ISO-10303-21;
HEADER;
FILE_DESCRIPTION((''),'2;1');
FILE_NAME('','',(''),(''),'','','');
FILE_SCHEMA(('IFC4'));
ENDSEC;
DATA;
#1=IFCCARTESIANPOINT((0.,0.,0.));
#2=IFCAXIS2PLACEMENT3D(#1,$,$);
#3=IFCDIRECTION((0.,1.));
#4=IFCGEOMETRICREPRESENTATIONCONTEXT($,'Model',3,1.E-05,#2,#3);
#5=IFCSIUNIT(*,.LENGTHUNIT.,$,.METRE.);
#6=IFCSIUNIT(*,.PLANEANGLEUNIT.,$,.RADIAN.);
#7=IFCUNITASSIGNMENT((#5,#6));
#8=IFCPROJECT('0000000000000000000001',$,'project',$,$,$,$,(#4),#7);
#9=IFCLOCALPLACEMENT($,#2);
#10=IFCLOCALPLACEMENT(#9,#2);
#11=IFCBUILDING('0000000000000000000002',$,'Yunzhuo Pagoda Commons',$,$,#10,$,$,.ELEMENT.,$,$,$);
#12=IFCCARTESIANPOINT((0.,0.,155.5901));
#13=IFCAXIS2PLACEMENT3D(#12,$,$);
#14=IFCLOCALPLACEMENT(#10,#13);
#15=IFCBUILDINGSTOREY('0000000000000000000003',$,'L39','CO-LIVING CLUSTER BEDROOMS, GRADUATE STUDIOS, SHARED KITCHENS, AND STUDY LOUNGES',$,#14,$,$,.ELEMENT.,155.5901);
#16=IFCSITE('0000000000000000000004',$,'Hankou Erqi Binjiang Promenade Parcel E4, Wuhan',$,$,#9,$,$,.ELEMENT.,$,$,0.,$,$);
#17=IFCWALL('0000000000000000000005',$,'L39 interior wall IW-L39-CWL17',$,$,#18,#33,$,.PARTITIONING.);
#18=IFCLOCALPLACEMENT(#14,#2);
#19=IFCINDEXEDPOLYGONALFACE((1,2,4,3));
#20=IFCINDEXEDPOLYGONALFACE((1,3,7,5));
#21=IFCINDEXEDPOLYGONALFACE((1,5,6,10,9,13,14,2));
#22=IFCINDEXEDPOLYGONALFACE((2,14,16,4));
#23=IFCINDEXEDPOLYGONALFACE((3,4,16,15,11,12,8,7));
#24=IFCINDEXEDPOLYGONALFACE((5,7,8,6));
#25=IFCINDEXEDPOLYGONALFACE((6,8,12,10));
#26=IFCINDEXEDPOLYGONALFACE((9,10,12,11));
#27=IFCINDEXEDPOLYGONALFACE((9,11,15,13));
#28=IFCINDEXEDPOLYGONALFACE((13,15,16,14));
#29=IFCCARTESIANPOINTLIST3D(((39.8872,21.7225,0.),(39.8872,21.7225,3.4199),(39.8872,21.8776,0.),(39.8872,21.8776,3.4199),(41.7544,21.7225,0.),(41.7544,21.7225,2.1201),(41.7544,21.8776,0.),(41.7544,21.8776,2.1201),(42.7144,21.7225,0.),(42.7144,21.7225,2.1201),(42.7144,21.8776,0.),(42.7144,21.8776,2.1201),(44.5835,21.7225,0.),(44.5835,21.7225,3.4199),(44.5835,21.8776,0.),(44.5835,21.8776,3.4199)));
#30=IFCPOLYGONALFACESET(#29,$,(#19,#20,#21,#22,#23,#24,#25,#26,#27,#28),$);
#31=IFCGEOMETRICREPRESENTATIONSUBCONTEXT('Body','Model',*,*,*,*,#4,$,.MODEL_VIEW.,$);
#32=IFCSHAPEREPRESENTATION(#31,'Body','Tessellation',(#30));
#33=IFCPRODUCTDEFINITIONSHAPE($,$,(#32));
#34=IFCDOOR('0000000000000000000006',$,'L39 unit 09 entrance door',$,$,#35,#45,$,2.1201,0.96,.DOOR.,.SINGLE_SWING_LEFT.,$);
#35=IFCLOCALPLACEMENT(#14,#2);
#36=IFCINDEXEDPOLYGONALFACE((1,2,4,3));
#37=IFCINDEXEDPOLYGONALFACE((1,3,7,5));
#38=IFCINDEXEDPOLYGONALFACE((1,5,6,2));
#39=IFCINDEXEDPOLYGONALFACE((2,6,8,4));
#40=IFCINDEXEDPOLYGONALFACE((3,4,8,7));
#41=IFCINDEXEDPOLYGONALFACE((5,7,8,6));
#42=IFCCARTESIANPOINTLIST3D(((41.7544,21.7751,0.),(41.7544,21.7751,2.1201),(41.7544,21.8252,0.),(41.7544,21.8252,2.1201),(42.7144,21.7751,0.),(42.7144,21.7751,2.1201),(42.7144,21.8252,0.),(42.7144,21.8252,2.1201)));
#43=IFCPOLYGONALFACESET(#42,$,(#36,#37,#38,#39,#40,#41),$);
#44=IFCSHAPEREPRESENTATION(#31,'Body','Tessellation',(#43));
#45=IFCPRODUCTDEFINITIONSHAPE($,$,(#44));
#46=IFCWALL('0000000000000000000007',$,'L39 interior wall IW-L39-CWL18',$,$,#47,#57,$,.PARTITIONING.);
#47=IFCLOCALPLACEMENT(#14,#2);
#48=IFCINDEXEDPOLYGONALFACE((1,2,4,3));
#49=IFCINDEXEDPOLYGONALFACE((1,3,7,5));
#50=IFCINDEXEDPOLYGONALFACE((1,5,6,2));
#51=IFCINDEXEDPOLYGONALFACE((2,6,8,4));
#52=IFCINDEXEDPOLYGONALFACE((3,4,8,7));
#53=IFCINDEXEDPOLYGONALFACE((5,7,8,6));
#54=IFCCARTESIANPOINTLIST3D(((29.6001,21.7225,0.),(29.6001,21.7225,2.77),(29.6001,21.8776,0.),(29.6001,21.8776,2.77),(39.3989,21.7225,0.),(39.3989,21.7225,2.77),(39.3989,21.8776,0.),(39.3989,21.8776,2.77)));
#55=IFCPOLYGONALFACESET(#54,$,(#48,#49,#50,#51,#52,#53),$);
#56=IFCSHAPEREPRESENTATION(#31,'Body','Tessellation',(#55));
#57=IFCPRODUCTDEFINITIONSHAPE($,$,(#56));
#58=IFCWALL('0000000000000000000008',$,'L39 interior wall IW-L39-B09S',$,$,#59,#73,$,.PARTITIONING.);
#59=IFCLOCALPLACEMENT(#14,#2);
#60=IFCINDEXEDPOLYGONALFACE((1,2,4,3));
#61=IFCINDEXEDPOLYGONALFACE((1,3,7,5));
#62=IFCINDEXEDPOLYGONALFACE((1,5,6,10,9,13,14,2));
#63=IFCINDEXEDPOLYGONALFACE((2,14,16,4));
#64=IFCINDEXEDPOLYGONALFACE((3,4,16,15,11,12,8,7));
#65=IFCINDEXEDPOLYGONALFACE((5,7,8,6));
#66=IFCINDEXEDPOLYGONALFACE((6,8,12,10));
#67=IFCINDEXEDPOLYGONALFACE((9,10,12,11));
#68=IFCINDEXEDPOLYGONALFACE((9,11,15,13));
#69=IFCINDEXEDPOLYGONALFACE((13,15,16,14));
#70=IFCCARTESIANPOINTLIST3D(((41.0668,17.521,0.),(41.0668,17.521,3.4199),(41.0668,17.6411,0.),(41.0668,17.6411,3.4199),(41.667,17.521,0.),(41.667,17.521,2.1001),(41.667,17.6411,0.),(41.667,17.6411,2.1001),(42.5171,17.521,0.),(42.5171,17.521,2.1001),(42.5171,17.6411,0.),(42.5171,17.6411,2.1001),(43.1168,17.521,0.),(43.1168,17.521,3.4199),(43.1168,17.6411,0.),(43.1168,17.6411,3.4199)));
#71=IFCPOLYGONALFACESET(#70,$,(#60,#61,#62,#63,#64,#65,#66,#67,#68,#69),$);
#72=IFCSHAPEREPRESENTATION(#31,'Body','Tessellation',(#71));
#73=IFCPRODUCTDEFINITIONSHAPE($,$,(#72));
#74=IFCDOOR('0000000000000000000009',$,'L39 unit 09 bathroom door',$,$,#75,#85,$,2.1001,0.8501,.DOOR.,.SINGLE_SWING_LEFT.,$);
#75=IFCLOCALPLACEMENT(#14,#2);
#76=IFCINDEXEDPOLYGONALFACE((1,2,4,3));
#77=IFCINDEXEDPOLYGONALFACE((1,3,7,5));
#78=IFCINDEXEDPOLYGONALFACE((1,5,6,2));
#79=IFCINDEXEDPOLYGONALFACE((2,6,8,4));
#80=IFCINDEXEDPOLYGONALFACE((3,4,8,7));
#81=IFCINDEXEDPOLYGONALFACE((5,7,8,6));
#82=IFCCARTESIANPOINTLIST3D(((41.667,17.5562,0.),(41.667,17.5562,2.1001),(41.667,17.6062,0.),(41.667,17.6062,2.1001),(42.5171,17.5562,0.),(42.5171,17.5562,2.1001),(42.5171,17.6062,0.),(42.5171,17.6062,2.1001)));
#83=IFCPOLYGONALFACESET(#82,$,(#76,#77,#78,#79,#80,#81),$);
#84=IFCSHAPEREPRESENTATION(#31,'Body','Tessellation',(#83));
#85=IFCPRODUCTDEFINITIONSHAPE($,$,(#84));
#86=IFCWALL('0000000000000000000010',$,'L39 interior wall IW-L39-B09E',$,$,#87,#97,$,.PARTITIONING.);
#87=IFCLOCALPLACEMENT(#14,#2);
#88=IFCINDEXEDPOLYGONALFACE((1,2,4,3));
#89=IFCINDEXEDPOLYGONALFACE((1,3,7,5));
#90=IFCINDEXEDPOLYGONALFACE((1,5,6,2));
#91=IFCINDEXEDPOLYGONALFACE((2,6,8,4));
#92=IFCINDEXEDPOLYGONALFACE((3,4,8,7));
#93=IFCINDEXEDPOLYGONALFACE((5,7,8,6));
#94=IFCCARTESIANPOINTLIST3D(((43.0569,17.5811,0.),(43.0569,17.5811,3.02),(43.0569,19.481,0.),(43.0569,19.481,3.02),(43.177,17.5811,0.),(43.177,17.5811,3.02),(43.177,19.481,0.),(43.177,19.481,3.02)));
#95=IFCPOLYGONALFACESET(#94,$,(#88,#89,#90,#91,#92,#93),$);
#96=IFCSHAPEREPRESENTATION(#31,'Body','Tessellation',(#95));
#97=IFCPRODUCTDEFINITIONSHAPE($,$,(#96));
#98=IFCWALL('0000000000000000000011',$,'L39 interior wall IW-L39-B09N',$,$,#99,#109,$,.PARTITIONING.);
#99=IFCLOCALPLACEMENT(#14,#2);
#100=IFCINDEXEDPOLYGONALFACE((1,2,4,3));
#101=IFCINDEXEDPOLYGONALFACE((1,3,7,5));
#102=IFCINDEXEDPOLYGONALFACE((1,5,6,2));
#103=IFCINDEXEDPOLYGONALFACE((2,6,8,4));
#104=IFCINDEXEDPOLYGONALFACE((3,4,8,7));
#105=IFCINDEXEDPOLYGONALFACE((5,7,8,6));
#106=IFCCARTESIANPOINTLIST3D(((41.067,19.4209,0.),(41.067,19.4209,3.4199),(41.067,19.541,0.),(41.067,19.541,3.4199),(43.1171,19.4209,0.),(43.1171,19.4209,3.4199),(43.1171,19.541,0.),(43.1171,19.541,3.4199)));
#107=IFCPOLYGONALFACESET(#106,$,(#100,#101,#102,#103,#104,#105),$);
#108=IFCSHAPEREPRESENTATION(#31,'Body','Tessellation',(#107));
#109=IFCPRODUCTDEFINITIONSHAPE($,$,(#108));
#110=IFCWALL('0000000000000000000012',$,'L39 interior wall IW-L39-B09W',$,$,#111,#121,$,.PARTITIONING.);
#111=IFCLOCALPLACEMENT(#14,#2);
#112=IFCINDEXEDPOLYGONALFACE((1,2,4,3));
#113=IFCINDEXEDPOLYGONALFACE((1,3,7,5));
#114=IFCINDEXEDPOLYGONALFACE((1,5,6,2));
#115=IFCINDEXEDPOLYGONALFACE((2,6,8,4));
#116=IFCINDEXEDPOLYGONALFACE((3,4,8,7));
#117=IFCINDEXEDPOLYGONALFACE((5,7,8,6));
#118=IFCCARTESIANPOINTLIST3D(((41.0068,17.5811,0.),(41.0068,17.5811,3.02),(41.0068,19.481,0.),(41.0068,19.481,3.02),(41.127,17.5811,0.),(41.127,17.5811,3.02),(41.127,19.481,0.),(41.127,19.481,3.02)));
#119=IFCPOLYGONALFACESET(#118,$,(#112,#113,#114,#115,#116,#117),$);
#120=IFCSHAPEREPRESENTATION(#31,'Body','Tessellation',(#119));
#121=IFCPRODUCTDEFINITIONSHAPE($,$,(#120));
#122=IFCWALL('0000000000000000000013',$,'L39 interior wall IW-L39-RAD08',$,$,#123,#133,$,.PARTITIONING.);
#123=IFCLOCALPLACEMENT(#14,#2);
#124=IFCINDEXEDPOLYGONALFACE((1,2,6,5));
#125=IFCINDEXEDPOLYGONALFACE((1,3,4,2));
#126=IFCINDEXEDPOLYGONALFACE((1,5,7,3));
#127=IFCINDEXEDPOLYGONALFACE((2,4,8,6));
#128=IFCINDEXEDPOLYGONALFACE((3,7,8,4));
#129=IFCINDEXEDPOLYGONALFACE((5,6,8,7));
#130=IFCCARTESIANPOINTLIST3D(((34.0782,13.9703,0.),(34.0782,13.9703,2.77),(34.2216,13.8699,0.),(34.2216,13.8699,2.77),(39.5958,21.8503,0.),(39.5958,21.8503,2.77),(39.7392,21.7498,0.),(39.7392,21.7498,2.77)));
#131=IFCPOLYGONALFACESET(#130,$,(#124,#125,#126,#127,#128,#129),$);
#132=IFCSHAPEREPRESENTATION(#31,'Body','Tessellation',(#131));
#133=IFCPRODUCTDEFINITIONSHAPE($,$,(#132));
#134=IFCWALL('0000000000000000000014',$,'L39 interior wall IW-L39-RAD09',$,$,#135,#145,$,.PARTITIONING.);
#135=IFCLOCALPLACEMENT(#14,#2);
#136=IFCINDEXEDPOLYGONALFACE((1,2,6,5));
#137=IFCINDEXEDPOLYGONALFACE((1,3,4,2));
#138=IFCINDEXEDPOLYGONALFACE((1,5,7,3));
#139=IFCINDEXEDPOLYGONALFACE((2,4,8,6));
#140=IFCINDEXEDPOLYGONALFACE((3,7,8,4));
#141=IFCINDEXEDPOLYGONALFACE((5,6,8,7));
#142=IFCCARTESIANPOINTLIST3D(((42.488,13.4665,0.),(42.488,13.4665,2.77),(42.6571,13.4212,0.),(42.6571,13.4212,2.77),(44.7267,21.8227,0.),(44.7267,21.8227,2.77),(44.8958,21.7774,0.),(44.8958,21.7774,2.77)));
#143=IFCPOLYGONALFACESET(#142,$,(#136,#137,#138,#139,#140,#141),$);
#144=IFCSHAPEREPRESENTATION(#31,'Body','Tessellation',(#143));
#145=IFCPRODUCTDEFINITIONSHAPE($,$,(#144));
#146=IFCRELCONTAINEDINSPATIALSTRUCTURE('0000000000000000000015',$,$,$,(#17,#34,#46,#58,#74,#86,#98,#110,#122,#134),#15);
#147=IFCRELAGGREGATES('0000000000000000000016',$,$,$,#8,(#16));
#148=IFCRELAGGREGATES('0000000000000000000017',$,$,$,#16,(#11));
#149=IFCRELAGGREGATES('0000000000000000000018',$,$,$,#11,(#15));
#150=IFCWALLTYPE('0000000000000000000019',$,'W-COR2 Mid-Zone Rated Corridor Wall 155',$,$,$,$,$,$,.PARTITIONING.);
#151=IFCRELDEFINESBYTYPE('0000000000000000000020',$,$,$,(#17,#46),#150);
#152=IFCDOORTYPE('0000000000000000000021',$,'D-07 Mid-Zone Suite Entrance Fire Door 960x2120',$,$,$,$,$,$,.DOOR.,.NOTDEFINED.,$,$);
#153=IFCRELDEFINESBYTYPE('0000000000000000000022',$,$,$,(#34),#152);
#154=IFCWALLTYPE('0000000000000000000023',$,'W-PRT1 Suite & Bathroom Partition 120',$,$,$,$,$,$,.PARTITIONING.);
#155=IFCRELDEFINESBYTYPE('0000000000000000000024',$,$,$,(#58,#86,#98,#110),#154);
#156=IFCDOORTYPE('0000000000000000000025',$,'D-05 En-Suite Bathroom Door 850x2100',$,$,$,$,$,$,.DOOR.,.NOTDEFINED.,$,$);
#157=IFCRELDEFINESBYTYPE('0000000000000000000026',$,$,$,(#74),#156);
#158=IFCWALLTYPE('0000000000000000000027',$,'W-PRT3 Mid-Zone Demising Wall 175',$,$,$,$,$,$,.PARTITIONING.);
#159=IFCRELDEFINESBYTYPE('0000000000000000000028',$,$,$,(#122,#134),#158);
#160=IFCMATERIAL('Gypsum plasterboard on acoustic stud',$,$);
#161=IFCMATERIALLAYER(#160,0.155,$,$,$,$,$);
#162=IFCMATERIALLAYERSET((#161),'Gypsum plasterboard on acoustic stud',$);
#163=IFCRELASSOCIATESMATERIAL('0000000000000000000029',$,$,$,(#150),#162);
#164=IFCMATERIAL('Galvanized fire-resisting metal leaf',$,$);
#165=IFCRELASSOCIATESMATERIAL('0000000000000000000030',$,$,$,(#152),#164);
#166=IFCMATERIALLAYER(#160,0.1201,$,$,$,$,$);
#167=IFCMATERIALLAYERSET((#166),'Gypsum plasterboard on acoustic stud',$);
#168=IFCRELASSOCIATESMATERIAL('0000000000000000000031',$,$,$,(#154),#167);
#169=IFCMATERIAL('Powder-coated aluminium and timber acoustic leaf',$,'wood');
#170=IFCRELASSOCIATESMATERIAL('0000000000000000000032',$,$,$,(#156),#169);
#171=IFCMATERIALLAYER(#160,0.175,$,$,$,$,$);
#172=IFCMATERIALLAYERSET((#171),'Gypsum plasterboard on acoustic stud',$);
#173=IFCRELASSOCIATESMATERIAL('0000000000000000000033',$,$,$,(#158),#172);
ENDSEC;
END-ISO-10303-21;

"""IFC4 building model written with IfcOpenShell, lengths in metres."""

from ifc_helpers import new_model, si_unit, direction, frame, frame_2d, origin, origin_with_axes, place, context, subcontext, project, spatial, rectangle, extrude, source, transform, mapped, material, layer, layer_set, type_object, element, fill, save


model = new_model("IFC4")

# Units and contexts
model_context = context("Model", 3, precision=1e-05, world=origin(), true_north=direction((0.0, 1.0)))
body_context = subcontext(model_context, "Body", "Model", "MODEL_VIEW")
ifc_project = project(units=[si_unit("LENGTHUNIT", "METRE"), si_unit("PLANEANGLEUNIT", "RADIAN")], contexts=[model_context])

# Site, building, storey
site_placement = place(None, origin())
site = spatial("IfcSite", under=ifc_project, at=site_placement, Name="Hankou Erqi Binjiang Promenade Parcel E4, Wuhan", CompositionType="ELEMENT", RefElevation=0.0)
building_placement = place(site_placement, origin())
building = spatial("IfcBuilding", under=site, at=building_placement, Name="Yunzhuo Pagoda Commons", CompositionType="ELEMENT")
storey_placement = place(building_placement, frame((0.0, 0.0, 155.5901)))
storey = spatial("IfcBuildingStorey", under=building, at=storey_placement, Name="L39", Description="CO-LIVING CLUSTER BEDROOMS, GRADUATE STUDIOS, SHARED KITCHENS, AND STUDY LOUNGES", CompositionType="ELEMENT", Elevation=155.5901)

# Shared definitions
ifc_material_1 = material(Name="Gypsum plasterboard on acoustic stud")
ifc_layer_1 = layer(ifc_material_1, 0.155)
ifc_layer_set_1 = layer_set([ifc_layer_1], Name="Gypsum plasterboard on acoustic stud")
wall_type_1 = type_object("IfcWallType", Name="W-COR2 Mid-Zone Rated Corridor Wall 155", PredefinedType="PARTITIONING", material=ifc_layer_set_1)
ifc_material_2 = material(Name="Galvanized fire-resisting metal leaf")

# Wall, opening, door
wall_1_placement = place(storey_placement, frame((44.5835, 21.8, 0.0), z_axis=(0.0, 0.0, 1.0), x_axis=(-1.0, 0.0, 0.0)))
wall_1 = element("IfcWall", 1, at=wall_1_placement, inside=storey, type_object=wall_type_1, Name="L39 interior wall IW-L39-CWL17", PredefinedType="PARTITIONING", context=body_context, shape_type="SweptSolid", body=[
    extrude(rectangle(XDim=4.6963, YDim=0.155, at=frame_2d((2.3481, 0.0))), origin(), (0.0, 0.0, 1.0), 3.4199),
])
opening_1_placement = place(wall_1_placement, frame((1.8691, 0.0, 0.0)))
opening_1 = element("IfcOpeningElement", 2, at=opening_1_placement, cuts=wall_1, PredefinedType="OPENING", context=body_context, shape_type="SweptSolid", body=[
    extrude(rectangle(XDim=0.96, YDim=2.1201, at=frame_2d((0.48, 1.0601))), frame((0.0, 0.0874, 0.0), z_axis=(0.0, -1.0, 0.0), x_axis=(1.0, 0.0, 0.0)), (0.0, 0.0, 1.0), 0.175),
])
door_type_1 = type_object("IfcDoorType", Name="D-07 Mid-Zone Suite Entrance Fire Door 960x2120", OperationType="NOTDEFINED", PredefinedType="DOOR", material=ifc_material_2)
shared_shape_1 = source(origin(), body_context, "Body", "SweptSolid", [
    extrude(rectangle(XDim=0.96, YDim=2.1201, at=frame_2d((0.48, 1.0601))), frame((0.0, 0.0249, 0.0), z_axis=(0.0, -1.0, 0.0), x_axis=(1.0, 0.0, 0.0)), (0.0, 0.0, 1.0), 0.05),
])
door_1_placement = place(opening_1_placement, origin_with_axes())
door_1 = element("IfcDoor", 3, at=door_1_placement, inside=storey, type_object=door_type_1, Name="L39 unit 09 entrance door", OperationType="SINGLE_SWING_LEFT", OverallHeight=2.1201, OverallWidth=0.96, PredefinedType="DOOR", context=body_context, shape_type="MappedRepresentation", body=[
    mapped(shared_shape_1, transform((0.0, 0.0, 0.0), scale=1.0)),
])
fill(opening_1, door_1)

# Wall
wall_2_placement = place(storey_placement, frame((39.3989, 21.8, 0.0), z_axis=(0.0, 0.0, 1.0), x_axis=(-1.0, 0.0, 0.0)))
element("IfcWall", 4, at=wall_2_placement, inside=storey, type_object=wall_type_1, Name="L39 interior wall IW-L39-CWL18", PredefinedType="PARTITIONING", context=body_context, shape_type="SweptSolid", body=[
    extrude(rectangle(XDim=9.7988, YDim=0.155, at=frame_2d((4.8994, 0.0))), origin(), (0.0, 0.0, 1.0), 2.77),
])

# Wall, opening, door
ifc_layer_2 = layer(ifc_material_1, 0.1201)
ifc_layer_set_2 = layer_set([ifc_layer_2], Name="Gypsum plasterboard on acoustic stud")
wall_type_2 = type_object("IfcWallType", Name="W-PRT1 Suite & Bathroom Partition 120", PredefinedType="PARTITIONING", material=ifc_layer_set_2)
wall_3_placement = place(storey_placement, frame((41.0669, 17.5811, 0.0), z_axis=(0.0, 0.0, 1.0), x_axis=(1.0, 0.0, 0.0)))
wall_3 = element("IfcWall", 5, at=wall_3_placement, inside=storey, type_object=wall_type_2, Name="L39 interior wall IW-L39-B09S", PredefinedType="PARTITIONING", context=body_context, shape_type="SweptSolid", body=[
    extrude(rectangle(XDim=2.05, YDim=0.1201, at=frame_2d((1.0249, 0.0))), origin(), (0.0, 0.0, 1.0), 3.4199),
])
opening_2_placement = place(wall_3_placement, frame((0.6001, 0.0, 0.0)))
opening_2 = element("IfcOpeningElement", 6, at=opening_2_placement, cuts=wall_3, PredefinedType="OPENING", context=body_context, shape_type="SweptSolid", body=[
    extrude(rectangle(XDim=0.8501, YDim=2.1001, at=frame_2d((0.425, 1.05))), frame((0.0, 0.0701, 0.0), z_axis=(0.0, -1.0, 0.0), x_axis=(1.0, 0.0, 0.0)), (0.0, 0.0, 1.0), 0.1401),
])
ifc_material_3 = material(Name="Powder-coated aluminium and timber acoustic leaf", Category="wood")
door_type_2 = type_object("IfcDoorType", Name="D-05 En-Suite Bathroom Door 850x2100", OperationType="NOTDEFINED", PredefinedType="DOOR", material=ifc_material_3)
shared_shape_2 = source(origin(), body_context, "Body", "SweptSolid", [
    extrude(rectangle(XDim=0.8501, YDim=2.1001, at=frame_2d((0.425, 1.05))), frame((0.0, 0.0249, 0.0), z_axis=(0.0, -1.0, 0.0), x_axis=(1.0, 0.0, 0.0)), (0.0, 0.0, 1.0), 0.05),
])
door_2_placement = place(opening_2_placement, frame((0.8501, 0.0, 0.0), z_axis=(0.0, 0.0, 1.0), x_axis=(-1.0, 0.0, 0.0)))
door_2 = element("IfcDoor", 7, at=door_2_placement, inside=storey, type_object=door_type_2, Name="L39 unit 09 bathroom door", OperationType="SINGLE_SWING_LEFT", OverallHeight=2.1001, OverallWidth=0.8501, PredefinedType="DOOR", context=body_context, shape_type="MappedRepresentation", body=[
    mapped(shared_shape_2, transform((0.0, 0.0, 0.0), scale=1.0)),
])
fill(opening_2, door_2)

# Walls
wall_4_placement = place(storey_placement, frame((43.1169, 17.5811, 0.0), z_axis=(0.0, 0.0, 1.0), x_axis=(0.0, 1.0, 0.0)))
element("IfcWall", 8, at=wall_4_placement, inside=storey, type_object=wall_type_2, Name="L39 interior wall IW-L39-B09E", PredefinedType="PARTITIONING", context=body_context, shape_type="SweptSolid", body=[
    extrude(rectangle(XDim=1.8999, YDim=0.1201, at=frame_2d((0.95, 0.0))), origin(), (0.0, 0.0, 1.0), 3.02),
])
wall_5_placement = place(storey_placement, frame((43.1169, 19.481, 0.0), z_axis=(0.0, 0.0, 1.0), x_axis=(-1.0, 0.0, 0.0)))
element("IfcWall", 9, at=wall_5_placement, inside=storey, type_object=wall_type_2, Name="L39 interior wall IW-L39-B09N", PredefinedType="PARTITIONING", context=body_context, shape_type="SweptSolid", body=[
    extrude(rectangle(XDim=2.05, YDim=0.1201, at=frame_2d((1.0249, 0.0))), origin(), (0.0, 0.0, 1.0), 3.4199),
])
wall_6_placement = place(storey_placement, frame((41.0669, 19.481, 0.0), z_axis=(0.0, 0.0, 1.0), x_axis=(0.0, -1.0, 0.0)))
element("IfcWall", 10, at=wall_6_placement, inside=storey, type_object=wall_type_2, Name="L39 interior wall IW-L39-B09W", PredefinedType="PARTITIONING", context=body_context, shape_type="SweptSolid", body=[
    extrude(rectangle(XDim=1.8999, YDim=0.1201, at=frame_2d((0.95, 0.0))), origin(), (0.0, 0.0, 1.0), 3.02),
])
ifc_layer_3 = layer(ifc_material_1, 0.175)
ifc_layer_set_3 = layer_set([ifc_layer_3], Name="Gypsum plasterboard on acoustic stud")
wall_type_3 = type_object("IfcWallType", Name="W-PRT3 Mid-Zone Demising Wall 175", PredefinedType="PARTITIONING", material=ifc_layer_set_3)
wall_7_placement = place(storey_placement, frame((39.6675, 21.8, 0.0), z_axis=(0.0, 0.0, 1.0), x_axis=(-0.573578, -0.819151, 0.0)))
element("IfcWall", 11, at=wall_7_placement, inside=storey, type_object=wall_type_3, Name="L39 interior wall IW-L39-RAD08", PredefinedType="PARTITIONING", context=body_context, shape_type="SweptSolid", body=[
    extrude(rectangle(XDim=9.6196, YDim=0.175, at=frame_2d((4.8098, 0.0))), origin(), (0.0, 0.0, 1.0), 2.77),
])
wall_8_placement = place(storey_placement, frame((44.8113, 21.8, 0.0), z_axis=(0.0, 0.0, 1.0), x_axis=(-0.25879, -0.965934, 0.0)))
element("IfcWall", 12, at=wall_8_placement, inside=storey, type_object=wall_type_3, Name="L39 interior wall IW-L39-RAD09", PredefinedType="PARTITIONING", context=body_context, shape_type="SweptSolid", body=[
    extrude(rectangle(XDim=8.6509, YDim=0.175, at=frame_2d((4.3254, 0.0))), origin(), (0.0, 0.0, 1.0), 2.77),
])

save(model, "model.ifc")
